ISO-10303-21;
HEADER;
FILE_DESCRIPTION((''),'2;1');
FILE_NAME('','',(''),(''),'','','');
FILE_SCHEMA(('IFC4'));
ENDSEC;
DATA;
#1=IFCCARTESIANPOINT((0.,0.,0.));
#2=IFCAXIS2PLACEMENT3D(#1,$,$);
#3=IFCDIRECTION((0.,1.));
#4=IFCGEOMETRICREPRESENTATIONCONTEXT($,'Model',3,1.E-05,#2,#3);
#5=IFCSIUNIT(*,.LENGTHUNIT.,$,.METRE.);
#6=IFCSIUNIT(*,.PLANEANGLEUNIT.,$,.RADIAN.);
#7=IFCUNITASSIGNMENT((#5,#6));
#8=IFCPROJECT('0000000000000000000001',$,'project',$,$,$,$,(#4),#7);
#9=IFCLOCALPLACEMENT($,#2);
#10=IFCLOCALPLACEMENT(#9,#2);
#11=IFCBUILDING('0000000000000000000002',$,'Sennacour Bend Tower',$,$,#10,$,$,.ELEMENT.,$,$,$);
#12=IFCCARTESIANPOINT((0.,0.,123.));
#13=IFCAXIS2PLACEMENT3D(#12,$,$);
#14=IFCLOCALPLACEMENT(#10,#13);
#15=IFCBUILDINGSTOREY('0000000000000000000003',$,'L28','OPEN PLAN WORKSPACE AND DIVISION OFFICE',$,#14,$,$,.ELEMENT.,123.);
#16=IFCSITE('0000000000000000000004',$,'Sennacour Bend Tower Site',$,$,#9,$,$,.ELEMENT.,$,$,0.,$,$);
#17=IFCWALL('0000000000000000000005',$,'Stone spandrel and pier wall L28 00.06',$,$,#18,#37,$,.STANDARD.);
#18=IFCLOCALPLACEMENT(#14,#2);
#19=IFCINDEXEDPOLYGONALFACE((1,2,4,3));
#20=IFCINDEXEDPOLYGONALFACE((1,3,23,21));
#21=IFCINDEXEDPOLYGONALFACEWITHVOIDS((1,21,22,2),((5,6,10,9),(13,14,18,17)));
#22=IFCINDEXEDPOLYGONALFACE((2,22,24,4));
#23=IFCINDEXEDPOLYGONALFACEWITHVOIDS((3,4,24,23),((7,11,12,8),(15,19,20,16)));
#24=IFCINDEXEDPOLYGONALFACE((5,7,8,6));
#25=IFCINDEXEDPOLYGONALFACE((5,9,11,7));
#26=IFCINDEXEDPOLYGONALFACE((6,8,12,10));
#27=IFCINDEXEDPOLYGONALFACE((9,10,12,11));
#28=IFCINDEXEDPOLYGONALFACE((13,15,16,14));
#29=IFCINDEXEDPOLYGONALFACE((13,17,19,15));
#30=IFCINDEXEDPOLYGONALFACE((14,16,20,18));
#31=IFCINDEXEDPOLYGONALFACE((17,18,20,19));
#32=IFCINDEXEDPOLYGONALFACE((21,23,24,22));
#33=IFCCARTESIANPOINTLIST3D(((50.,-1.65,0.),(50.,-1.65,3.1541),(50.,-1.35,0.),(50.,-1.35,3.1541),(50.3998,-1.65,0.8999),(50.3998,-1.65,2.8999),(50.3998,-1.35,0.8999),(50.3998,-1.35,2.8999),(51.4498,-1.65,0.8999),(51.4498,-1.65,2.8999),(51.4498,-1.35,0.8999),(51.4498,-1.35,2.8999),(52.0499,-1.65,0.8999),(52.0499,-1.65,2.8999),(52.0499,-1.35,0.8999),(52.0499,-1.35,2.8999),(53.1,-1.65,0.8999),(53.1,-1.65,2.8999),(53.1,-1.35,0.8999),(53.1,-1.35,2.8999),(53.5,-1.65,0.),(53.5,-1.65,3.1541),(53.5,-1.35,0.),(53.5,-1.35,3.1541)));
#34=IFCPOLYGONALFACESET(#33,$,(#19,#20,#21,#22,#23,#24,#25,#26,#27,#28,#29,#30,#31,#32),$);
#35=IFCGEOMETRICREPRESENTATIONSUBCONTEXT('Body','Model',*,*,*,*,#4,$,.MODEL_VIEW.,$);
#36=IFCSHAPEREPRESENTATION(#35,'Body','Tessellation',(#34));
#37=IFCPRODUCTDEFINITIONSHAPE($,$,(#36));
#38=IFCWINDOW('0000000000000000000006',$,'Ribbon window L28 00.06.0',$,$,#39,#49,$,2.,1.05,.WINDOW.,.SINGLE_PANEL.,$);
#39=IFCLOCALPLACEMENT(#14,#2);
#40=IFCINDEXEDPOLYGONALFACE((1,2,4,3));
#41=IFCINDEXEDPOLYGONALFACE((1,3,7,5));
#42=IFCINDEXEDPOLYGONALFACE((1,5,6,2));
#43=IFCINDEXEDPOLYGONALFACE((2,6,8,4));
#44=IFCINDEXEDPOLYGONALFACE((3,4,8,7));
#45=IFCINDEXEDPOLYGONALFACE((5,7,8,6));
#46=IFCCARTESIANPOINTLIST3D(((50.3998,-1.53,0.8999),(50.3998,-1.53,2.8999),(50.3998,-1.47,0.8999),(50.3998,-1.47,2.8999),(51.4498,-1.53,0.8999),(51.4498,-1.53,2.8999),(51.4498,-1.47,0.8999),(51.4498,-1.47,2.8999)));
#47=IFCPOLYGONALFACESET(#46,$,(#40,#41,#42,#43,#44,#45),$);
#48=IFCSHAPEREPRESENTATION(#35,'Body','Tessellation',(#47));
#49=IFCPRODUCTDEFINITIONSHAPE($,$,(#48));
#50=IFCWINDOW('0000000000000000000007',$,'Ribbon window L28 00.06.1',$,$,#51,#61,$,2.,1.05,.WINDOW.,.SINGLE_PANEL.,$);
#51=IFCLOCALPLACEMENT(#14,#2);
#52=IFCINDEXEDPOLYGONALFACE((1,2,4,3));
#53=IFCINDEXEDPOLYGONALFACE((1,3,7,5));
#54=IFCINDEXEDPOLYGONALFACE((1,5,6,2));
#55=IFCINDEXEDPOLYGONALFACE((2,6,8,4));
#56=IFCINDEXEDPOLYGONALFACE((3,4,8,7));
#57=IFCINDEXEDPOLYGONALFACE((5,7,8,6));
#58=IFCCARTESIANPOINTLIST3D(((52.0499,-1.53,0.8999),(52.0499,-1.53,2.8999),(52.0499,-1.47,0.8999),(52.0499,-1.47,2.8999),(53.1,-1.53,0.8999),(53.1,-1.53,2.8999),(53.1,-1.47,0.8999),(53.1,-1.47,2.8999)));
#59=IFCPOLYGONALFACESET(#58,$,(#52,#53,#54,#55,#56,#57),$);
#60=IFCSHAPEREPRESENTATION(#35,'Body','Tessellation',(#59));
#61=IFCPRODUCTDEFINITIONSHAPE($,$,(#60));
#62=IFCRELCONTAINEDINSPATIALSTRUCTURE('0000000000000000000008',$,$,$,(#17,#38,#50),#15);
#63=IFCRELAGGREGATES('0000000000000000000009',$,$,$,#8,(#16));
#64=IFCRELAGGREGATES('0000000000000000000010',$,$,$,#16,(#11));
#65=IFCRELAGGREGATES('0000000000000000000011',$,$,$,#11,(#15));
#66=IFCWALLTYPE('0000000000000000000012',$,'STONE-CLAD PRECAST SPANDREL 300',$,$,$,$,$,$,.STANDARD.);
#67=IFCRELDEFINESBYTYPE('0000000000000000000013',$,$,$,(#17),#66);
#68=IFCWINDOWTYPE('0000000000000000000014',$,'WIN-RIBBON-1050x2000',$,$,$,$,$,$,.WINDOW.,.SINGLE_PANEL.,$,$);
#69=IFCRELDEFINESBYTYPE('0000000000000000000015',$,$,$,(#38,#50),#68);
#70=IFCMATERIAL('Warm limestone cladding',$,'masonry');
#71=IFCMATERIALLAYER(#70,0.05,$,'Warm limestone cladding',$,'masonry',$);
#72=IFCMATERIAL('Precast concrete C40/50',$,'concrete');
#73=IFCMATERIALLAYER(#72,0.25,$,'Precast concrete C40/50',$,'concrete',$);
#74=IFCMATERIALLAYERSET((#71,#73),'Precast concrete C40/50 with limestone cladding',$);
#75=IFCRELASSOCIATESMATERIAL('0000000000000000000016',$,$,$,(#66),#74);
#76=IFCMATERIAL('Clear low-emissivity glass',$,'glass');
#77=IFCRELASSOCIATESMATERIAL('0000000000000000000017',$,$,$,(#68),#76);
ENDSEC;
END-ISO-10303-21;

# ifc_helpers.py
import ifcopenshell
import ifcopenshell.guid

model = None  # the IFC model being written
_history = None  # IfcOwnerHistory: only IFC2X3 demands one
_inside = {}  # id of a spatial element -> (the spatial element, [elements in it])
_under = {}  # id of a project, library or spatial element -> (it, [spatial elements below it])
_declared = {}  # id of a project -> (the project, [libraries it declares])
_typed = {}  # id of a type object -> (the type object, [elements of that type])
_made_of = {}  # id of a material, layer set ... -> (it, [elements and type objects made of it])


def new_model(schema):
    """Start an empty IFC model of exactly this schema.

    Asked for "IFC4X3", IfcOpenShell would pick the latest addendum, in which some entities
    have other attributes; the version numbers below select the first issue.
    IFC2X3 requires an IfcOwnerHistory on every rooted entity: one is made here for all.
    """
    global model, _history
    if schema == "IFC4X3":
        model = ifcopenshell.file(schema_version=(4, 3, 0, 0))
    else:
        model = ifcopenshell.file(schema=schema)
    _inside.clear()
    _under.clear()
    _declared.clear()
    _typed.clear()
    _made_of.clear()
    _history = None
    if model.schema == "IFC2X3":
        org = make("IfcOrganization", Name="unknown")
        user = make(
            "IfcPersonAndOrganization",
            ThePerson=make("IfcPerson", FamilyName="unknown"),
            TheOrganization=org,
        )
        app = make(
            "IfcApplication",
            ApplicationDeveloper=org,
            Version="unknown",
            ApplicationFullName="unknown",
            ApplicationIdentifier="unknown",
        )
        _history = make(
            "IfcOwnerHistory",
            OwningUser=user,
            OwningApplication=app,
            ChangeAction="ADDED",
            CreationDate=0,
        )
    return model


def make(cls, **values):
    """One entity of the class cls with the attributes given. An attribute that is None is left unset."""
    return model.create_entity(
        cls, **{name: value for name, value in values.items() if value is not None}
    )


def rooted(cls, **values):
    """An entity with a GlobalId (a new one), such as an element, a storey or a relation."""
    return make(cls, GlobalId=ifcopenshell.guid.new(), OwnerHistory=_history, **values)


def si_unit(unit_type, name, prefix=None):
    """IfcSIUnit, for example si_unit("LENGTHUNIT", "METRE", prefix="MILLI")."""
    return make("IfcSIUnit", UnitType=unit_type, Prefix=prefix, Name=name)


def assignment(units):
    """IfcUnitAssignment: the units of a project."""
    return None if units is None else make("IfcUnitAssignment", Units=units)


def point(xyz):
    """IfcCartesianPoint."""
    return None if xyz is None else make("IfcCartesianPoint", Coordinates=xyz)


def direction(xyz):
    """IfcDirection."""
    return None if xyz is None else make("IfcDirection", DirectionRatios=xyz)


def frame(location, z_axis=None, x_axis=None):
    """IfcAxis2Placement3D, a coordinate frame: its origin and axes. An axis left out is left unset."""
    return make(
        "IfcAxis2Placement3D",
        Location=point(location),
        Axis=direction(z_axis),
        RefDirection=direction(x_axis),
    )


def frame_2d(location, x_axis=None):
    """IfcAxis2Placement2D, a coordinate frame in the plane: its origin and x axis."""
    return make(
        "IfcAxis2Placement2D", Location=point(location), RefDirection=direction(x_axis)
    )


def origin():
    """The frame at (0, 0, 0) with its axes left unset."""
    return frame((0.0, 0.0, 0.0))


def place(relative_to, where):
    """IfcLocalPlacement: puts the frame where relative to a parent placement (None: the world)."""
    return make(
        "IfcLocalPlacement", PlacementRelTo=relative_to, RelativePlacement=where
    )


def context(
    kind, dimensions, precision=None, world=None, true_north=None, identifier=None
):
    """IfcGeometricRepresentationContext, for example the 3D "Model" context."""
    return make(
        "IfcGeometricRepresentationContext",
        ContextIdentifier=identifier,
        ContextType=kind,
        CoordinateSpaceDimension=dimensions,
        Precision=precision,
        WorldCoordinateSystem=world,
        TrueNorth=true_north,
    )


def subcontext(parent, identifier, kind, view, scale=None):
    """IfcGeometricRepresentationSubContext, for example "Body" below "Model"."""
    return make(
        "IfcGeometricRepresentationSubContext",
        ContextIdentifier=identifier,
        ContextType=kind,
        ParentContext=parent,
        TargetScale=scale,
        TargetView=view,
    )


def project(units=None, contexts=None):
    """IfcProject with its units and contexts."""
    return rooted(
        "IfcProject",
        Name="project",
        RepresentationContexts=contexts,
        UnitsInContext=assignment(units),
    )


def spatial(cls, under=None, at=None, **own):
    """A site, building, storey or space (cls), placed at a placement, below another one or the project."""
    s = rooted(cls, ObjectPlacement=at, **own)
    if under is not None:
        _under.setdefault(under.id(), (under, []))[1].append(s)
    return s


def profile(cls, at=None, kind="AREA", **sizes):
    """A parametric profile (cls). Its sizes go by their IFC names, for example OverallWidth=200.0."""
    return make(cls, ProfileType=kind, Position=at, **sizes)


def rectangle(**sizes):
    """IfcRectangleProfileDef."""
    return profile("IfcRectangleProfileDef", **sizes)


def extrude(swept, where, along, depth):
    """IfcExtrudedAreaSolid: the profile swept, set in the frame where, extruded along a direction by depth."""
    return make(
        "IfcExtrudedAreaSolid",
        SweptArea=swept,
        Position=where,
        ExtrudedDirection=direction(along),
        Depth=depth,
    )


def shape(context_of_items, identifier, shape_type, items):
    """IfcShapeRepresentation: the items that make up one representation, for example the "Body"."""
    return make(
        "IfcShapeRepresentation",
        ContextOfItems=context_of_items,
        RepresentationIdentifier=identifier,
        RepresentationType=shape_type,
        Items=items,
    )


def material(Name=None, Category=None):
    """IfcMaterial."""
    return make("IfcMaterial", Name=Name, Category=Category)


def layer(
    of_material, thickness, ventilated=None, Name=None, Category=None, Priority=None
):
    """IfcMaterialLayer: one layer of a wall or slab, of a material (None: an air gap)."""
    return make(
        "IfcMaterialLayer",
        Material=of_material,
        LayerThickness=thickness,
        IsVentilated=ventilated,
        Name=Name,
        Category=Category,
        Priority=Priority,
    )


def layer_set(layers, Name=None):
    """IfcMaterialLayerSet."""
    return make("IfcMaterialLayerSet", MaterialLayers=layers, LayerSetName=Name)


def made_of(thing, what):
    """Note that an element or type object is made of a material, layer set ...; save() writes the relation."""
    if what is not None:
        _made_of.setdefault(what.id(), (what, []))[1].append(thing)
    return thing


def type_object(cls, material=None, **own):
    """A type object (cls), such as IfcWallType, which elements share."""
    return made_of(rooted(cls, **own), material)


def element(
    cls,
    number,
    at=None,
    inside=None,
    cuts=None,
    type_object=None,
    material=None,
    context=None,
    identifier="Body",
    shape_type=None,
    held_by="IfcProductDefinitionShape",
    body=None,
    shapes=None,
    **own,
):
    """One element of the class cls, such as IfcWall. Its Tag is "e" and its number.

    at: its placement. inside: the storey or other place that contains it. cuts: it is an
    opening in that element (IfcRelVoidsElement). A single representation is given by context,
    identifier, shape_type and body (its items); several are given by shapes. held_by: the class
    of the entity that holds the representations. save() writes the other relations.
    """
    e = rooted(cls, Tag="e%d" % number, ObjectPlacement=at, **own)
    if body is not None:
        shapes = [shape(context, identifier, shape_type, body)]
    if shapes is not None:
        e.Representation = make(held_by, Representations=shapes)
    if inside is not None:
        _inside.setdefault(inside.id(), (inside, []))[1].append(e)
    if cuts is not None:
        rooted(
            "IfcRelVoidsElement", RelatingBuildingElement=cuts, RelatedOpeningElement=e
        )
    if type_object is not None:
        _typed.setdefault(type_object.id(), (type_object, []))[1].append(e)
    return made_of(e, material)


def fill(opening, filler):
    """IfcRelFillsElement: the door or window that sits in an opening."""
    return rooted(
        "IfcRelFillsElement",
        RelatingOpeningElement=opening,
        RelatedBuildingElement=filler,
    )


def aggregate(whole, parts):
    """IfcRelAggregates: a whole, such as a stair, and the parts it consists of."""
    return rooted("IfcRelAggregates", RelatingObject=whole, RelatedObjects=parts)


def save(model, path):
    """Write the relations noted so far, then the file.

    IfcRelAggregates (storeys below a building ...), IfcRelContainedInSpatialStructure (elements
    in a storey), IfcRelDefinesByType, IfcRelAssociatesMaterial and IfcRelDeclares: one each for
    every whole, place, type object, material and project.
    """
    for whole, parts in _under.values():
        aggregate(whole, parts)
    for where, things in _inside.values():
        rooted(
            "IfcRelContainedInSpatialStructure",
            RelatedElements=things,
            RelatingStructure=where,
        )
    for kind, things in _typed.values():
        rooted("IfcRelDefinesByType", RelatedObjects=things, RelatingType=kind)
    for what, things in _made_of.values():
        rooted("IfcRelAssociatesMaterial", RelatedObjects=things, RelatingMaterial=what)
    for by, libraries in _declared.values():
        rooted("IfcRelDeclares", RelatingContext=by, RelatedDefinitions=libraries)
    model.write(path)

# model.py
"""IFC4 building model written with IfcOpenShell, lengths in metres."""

from ifc_helpers import new_model, si_unit, direction, frame, frame_2d, origin, place, context, subcontext, project, spatial, rectangle, extrude, material, layer, layer_set, type_object, element, fill, save


model = new_model("IFC4")

# Units and contexts
model_context = context("Model", 3, precision=1e-05, world=origin(), true_north=direction((0.0, 1.0)))
body_context = subcontext(model_context, "Body", "Model", "MODEL_VIEW")
ifc_project = project(units=[si_unit("LENGTHUNIT", "METRE"), si_unit("PLANEANGLEUNIT", "RADIAN")], contexts=[model_context])

# Site, building, storey
site_placement = place(None, origin())
site = spatial("IfcSite", under=ifc_project, at=site_placement, Name="Sennacour Bend Tower Site", CompositionType="ELEMENT", RefElevation=0.0)
building_placement = place(site_placement, origin())
building = spatial("IfcBuilding", under=site, at=building_placement, Name="Sennacour Bend Tower", CompositionType="ELEMENT")
storey_placement = place(building_placement, frame((0.0, 0.0, 123.0)))
storey = spatial("IfcBuildingStorey", under=building, at=storey_placement, Name="L28", Description="OPEN PLAN WORKSPACE AND DIVISION OFFICE", CompositionType="ELEMENT", Elevation=123.0)

# Wall, openings, windows
ifc_material_1 = material(Name="Warm limestone cladding", Category="masonry")
ifc_layer_1 = layer(ifc_material_1, 0.05, Name="Warm limestone cladding", Category="masonry")
ifc_material_2 = material(Name="Precast concrete C40/50", Category="concrete")
ifc_layer_2 = layer(ifc_material_2, 0.25, Name="Precast concrete C40/50", Category="concrete")
ifc_layer_set_1 = layer_set([ifc_layer_1, ifc_layer_2], Name="Precast concrete C40/50 with limestone cladding")
wall_type_1 = type_object("IfcWallType", Name="STONE-CLAD PRECAST SPANDREL 300", PredefinedType="STANDARD", material=ifc_layer_set_1)
ifc_material_3 = material(Name="Clear low-emissivity glass", Category="glass")
window_type = type_object("IfcWindowType", Name="WIN-RIBBON-1050x2000", PartitioningType="SINGLE_PANEL", PredefinedType="WINDOW", material=ifc_material_3)
wall_1_placement = place(storey_placement, frame((50.0, -1.5, 0.0), z_axis=(0.0, 0.0, 1.0), x_axis=(1.0, 0.0, 0.0)))
wall_1 = element("IfcWall", 1, at=wall_1_placement, inside=storey, type_object=wall_type_1, Name="Stone spandrel and pier wall L28 00.06", PredefinedType="STANDARD", context=body_context, shape_type="SweptSolid", body=[
    extrude(rectangle(XDim=3.5, YDim=0.3, at=frame_2d((1.75, 0.0))), origin(), (0.0, 0.0, 1.0), 3.1541),
])
opening_1_placement = place(wall_1_placement, frame((0.3999, 0.0, 0.8999)))
opening_1 = element("IfcOpeningElement", 2, at=opening_1_placement, cuts=wall_1, PredefinedType="OPENING", context=body_context, shape_type="SweptSolid", body=[
    extrude(rectangle(XDim=1.05, YDim=2.0, at=frame_2d((0.5249, 1.0))), frame((0.0, 0.1602, 0.0), z_axis=(0.0, -1.0, 0.0), x_axis=(1.0, 0.0, 0.0)), (0.0, 0.0, 1.0), 0.3201),
])
opening_2_placement = place(wall_1_placement, frame((2.05, 0.0, 0.8999)))
opening_2 = element("IfcOpeningElement", 3, at=opening_2_placement, cuts=wall_1, PredefinedType="OPENING", context=body_context, shape_type="SweptSolid", body=[
    extrude(rectangle(XDim=1.05, YDim=2.0, at=frame_2d((0.5249, 1.0))), frame((0.0, 0.1602, 0.0), z_axis=(0.0, -1.0, 0.0), x_axis=(1.0, 0.0, 0.0)), (0.0, 0.0, 1.0), 0.3201),
])
window_1_placement = place(opening_1_placement, origin())
window_1 = element("IfcWindow", 4, at=window_1_placement, inside=storey, type_object=window_type, Name="Ribbon window L28 00.06.0", OverallHeight=2.0, OverallWidth=1.05, PartitioningType="SINGLE_PANEL", PredefinedType="WINDOW", context=body_context, shape_type="SweptSolid", body=[
    extrude(rectangle(XDim=1.05, YDim=2.0, at=frame_2d((0.5249, 1.0))), frame((0.0, 0.03, 0.0), z_axis=(0.0, -1.0, 0.0), x_axis=(1.0, 0.0, 0.0)), (0.0, 0.0, 1.0), 0.0601),
])
fill(opening_1, window_1)
window_2_placement = place(opening_2_placement, origin())
window_2 = element("IfcWindow", 5, at=window_2_placement, inside=storey, type_object=window_type, Name="Ribbon window L28 00.06.1", OverallHeight=2.0, OverallWidth=1.05, PartitioningType="SINGLE_PANEL", PredefinedType="WINDOW", context=body_context, shape_type="SweptSolid", body=[
    extrude(rectangle(XDim=1.05, YDim=2.0, at=frame_2d((0.5249, 1.0))), frame((0.0, 0.03, 0.0), z_axis=(0.0, -1.0, 0.0), x_axis=(1.0, 0.0, 0.0)), (0.0, 0.0, 1.0), 0.0601),
])
fill(opening_2, window_2)

save(model, "model.ifc")
